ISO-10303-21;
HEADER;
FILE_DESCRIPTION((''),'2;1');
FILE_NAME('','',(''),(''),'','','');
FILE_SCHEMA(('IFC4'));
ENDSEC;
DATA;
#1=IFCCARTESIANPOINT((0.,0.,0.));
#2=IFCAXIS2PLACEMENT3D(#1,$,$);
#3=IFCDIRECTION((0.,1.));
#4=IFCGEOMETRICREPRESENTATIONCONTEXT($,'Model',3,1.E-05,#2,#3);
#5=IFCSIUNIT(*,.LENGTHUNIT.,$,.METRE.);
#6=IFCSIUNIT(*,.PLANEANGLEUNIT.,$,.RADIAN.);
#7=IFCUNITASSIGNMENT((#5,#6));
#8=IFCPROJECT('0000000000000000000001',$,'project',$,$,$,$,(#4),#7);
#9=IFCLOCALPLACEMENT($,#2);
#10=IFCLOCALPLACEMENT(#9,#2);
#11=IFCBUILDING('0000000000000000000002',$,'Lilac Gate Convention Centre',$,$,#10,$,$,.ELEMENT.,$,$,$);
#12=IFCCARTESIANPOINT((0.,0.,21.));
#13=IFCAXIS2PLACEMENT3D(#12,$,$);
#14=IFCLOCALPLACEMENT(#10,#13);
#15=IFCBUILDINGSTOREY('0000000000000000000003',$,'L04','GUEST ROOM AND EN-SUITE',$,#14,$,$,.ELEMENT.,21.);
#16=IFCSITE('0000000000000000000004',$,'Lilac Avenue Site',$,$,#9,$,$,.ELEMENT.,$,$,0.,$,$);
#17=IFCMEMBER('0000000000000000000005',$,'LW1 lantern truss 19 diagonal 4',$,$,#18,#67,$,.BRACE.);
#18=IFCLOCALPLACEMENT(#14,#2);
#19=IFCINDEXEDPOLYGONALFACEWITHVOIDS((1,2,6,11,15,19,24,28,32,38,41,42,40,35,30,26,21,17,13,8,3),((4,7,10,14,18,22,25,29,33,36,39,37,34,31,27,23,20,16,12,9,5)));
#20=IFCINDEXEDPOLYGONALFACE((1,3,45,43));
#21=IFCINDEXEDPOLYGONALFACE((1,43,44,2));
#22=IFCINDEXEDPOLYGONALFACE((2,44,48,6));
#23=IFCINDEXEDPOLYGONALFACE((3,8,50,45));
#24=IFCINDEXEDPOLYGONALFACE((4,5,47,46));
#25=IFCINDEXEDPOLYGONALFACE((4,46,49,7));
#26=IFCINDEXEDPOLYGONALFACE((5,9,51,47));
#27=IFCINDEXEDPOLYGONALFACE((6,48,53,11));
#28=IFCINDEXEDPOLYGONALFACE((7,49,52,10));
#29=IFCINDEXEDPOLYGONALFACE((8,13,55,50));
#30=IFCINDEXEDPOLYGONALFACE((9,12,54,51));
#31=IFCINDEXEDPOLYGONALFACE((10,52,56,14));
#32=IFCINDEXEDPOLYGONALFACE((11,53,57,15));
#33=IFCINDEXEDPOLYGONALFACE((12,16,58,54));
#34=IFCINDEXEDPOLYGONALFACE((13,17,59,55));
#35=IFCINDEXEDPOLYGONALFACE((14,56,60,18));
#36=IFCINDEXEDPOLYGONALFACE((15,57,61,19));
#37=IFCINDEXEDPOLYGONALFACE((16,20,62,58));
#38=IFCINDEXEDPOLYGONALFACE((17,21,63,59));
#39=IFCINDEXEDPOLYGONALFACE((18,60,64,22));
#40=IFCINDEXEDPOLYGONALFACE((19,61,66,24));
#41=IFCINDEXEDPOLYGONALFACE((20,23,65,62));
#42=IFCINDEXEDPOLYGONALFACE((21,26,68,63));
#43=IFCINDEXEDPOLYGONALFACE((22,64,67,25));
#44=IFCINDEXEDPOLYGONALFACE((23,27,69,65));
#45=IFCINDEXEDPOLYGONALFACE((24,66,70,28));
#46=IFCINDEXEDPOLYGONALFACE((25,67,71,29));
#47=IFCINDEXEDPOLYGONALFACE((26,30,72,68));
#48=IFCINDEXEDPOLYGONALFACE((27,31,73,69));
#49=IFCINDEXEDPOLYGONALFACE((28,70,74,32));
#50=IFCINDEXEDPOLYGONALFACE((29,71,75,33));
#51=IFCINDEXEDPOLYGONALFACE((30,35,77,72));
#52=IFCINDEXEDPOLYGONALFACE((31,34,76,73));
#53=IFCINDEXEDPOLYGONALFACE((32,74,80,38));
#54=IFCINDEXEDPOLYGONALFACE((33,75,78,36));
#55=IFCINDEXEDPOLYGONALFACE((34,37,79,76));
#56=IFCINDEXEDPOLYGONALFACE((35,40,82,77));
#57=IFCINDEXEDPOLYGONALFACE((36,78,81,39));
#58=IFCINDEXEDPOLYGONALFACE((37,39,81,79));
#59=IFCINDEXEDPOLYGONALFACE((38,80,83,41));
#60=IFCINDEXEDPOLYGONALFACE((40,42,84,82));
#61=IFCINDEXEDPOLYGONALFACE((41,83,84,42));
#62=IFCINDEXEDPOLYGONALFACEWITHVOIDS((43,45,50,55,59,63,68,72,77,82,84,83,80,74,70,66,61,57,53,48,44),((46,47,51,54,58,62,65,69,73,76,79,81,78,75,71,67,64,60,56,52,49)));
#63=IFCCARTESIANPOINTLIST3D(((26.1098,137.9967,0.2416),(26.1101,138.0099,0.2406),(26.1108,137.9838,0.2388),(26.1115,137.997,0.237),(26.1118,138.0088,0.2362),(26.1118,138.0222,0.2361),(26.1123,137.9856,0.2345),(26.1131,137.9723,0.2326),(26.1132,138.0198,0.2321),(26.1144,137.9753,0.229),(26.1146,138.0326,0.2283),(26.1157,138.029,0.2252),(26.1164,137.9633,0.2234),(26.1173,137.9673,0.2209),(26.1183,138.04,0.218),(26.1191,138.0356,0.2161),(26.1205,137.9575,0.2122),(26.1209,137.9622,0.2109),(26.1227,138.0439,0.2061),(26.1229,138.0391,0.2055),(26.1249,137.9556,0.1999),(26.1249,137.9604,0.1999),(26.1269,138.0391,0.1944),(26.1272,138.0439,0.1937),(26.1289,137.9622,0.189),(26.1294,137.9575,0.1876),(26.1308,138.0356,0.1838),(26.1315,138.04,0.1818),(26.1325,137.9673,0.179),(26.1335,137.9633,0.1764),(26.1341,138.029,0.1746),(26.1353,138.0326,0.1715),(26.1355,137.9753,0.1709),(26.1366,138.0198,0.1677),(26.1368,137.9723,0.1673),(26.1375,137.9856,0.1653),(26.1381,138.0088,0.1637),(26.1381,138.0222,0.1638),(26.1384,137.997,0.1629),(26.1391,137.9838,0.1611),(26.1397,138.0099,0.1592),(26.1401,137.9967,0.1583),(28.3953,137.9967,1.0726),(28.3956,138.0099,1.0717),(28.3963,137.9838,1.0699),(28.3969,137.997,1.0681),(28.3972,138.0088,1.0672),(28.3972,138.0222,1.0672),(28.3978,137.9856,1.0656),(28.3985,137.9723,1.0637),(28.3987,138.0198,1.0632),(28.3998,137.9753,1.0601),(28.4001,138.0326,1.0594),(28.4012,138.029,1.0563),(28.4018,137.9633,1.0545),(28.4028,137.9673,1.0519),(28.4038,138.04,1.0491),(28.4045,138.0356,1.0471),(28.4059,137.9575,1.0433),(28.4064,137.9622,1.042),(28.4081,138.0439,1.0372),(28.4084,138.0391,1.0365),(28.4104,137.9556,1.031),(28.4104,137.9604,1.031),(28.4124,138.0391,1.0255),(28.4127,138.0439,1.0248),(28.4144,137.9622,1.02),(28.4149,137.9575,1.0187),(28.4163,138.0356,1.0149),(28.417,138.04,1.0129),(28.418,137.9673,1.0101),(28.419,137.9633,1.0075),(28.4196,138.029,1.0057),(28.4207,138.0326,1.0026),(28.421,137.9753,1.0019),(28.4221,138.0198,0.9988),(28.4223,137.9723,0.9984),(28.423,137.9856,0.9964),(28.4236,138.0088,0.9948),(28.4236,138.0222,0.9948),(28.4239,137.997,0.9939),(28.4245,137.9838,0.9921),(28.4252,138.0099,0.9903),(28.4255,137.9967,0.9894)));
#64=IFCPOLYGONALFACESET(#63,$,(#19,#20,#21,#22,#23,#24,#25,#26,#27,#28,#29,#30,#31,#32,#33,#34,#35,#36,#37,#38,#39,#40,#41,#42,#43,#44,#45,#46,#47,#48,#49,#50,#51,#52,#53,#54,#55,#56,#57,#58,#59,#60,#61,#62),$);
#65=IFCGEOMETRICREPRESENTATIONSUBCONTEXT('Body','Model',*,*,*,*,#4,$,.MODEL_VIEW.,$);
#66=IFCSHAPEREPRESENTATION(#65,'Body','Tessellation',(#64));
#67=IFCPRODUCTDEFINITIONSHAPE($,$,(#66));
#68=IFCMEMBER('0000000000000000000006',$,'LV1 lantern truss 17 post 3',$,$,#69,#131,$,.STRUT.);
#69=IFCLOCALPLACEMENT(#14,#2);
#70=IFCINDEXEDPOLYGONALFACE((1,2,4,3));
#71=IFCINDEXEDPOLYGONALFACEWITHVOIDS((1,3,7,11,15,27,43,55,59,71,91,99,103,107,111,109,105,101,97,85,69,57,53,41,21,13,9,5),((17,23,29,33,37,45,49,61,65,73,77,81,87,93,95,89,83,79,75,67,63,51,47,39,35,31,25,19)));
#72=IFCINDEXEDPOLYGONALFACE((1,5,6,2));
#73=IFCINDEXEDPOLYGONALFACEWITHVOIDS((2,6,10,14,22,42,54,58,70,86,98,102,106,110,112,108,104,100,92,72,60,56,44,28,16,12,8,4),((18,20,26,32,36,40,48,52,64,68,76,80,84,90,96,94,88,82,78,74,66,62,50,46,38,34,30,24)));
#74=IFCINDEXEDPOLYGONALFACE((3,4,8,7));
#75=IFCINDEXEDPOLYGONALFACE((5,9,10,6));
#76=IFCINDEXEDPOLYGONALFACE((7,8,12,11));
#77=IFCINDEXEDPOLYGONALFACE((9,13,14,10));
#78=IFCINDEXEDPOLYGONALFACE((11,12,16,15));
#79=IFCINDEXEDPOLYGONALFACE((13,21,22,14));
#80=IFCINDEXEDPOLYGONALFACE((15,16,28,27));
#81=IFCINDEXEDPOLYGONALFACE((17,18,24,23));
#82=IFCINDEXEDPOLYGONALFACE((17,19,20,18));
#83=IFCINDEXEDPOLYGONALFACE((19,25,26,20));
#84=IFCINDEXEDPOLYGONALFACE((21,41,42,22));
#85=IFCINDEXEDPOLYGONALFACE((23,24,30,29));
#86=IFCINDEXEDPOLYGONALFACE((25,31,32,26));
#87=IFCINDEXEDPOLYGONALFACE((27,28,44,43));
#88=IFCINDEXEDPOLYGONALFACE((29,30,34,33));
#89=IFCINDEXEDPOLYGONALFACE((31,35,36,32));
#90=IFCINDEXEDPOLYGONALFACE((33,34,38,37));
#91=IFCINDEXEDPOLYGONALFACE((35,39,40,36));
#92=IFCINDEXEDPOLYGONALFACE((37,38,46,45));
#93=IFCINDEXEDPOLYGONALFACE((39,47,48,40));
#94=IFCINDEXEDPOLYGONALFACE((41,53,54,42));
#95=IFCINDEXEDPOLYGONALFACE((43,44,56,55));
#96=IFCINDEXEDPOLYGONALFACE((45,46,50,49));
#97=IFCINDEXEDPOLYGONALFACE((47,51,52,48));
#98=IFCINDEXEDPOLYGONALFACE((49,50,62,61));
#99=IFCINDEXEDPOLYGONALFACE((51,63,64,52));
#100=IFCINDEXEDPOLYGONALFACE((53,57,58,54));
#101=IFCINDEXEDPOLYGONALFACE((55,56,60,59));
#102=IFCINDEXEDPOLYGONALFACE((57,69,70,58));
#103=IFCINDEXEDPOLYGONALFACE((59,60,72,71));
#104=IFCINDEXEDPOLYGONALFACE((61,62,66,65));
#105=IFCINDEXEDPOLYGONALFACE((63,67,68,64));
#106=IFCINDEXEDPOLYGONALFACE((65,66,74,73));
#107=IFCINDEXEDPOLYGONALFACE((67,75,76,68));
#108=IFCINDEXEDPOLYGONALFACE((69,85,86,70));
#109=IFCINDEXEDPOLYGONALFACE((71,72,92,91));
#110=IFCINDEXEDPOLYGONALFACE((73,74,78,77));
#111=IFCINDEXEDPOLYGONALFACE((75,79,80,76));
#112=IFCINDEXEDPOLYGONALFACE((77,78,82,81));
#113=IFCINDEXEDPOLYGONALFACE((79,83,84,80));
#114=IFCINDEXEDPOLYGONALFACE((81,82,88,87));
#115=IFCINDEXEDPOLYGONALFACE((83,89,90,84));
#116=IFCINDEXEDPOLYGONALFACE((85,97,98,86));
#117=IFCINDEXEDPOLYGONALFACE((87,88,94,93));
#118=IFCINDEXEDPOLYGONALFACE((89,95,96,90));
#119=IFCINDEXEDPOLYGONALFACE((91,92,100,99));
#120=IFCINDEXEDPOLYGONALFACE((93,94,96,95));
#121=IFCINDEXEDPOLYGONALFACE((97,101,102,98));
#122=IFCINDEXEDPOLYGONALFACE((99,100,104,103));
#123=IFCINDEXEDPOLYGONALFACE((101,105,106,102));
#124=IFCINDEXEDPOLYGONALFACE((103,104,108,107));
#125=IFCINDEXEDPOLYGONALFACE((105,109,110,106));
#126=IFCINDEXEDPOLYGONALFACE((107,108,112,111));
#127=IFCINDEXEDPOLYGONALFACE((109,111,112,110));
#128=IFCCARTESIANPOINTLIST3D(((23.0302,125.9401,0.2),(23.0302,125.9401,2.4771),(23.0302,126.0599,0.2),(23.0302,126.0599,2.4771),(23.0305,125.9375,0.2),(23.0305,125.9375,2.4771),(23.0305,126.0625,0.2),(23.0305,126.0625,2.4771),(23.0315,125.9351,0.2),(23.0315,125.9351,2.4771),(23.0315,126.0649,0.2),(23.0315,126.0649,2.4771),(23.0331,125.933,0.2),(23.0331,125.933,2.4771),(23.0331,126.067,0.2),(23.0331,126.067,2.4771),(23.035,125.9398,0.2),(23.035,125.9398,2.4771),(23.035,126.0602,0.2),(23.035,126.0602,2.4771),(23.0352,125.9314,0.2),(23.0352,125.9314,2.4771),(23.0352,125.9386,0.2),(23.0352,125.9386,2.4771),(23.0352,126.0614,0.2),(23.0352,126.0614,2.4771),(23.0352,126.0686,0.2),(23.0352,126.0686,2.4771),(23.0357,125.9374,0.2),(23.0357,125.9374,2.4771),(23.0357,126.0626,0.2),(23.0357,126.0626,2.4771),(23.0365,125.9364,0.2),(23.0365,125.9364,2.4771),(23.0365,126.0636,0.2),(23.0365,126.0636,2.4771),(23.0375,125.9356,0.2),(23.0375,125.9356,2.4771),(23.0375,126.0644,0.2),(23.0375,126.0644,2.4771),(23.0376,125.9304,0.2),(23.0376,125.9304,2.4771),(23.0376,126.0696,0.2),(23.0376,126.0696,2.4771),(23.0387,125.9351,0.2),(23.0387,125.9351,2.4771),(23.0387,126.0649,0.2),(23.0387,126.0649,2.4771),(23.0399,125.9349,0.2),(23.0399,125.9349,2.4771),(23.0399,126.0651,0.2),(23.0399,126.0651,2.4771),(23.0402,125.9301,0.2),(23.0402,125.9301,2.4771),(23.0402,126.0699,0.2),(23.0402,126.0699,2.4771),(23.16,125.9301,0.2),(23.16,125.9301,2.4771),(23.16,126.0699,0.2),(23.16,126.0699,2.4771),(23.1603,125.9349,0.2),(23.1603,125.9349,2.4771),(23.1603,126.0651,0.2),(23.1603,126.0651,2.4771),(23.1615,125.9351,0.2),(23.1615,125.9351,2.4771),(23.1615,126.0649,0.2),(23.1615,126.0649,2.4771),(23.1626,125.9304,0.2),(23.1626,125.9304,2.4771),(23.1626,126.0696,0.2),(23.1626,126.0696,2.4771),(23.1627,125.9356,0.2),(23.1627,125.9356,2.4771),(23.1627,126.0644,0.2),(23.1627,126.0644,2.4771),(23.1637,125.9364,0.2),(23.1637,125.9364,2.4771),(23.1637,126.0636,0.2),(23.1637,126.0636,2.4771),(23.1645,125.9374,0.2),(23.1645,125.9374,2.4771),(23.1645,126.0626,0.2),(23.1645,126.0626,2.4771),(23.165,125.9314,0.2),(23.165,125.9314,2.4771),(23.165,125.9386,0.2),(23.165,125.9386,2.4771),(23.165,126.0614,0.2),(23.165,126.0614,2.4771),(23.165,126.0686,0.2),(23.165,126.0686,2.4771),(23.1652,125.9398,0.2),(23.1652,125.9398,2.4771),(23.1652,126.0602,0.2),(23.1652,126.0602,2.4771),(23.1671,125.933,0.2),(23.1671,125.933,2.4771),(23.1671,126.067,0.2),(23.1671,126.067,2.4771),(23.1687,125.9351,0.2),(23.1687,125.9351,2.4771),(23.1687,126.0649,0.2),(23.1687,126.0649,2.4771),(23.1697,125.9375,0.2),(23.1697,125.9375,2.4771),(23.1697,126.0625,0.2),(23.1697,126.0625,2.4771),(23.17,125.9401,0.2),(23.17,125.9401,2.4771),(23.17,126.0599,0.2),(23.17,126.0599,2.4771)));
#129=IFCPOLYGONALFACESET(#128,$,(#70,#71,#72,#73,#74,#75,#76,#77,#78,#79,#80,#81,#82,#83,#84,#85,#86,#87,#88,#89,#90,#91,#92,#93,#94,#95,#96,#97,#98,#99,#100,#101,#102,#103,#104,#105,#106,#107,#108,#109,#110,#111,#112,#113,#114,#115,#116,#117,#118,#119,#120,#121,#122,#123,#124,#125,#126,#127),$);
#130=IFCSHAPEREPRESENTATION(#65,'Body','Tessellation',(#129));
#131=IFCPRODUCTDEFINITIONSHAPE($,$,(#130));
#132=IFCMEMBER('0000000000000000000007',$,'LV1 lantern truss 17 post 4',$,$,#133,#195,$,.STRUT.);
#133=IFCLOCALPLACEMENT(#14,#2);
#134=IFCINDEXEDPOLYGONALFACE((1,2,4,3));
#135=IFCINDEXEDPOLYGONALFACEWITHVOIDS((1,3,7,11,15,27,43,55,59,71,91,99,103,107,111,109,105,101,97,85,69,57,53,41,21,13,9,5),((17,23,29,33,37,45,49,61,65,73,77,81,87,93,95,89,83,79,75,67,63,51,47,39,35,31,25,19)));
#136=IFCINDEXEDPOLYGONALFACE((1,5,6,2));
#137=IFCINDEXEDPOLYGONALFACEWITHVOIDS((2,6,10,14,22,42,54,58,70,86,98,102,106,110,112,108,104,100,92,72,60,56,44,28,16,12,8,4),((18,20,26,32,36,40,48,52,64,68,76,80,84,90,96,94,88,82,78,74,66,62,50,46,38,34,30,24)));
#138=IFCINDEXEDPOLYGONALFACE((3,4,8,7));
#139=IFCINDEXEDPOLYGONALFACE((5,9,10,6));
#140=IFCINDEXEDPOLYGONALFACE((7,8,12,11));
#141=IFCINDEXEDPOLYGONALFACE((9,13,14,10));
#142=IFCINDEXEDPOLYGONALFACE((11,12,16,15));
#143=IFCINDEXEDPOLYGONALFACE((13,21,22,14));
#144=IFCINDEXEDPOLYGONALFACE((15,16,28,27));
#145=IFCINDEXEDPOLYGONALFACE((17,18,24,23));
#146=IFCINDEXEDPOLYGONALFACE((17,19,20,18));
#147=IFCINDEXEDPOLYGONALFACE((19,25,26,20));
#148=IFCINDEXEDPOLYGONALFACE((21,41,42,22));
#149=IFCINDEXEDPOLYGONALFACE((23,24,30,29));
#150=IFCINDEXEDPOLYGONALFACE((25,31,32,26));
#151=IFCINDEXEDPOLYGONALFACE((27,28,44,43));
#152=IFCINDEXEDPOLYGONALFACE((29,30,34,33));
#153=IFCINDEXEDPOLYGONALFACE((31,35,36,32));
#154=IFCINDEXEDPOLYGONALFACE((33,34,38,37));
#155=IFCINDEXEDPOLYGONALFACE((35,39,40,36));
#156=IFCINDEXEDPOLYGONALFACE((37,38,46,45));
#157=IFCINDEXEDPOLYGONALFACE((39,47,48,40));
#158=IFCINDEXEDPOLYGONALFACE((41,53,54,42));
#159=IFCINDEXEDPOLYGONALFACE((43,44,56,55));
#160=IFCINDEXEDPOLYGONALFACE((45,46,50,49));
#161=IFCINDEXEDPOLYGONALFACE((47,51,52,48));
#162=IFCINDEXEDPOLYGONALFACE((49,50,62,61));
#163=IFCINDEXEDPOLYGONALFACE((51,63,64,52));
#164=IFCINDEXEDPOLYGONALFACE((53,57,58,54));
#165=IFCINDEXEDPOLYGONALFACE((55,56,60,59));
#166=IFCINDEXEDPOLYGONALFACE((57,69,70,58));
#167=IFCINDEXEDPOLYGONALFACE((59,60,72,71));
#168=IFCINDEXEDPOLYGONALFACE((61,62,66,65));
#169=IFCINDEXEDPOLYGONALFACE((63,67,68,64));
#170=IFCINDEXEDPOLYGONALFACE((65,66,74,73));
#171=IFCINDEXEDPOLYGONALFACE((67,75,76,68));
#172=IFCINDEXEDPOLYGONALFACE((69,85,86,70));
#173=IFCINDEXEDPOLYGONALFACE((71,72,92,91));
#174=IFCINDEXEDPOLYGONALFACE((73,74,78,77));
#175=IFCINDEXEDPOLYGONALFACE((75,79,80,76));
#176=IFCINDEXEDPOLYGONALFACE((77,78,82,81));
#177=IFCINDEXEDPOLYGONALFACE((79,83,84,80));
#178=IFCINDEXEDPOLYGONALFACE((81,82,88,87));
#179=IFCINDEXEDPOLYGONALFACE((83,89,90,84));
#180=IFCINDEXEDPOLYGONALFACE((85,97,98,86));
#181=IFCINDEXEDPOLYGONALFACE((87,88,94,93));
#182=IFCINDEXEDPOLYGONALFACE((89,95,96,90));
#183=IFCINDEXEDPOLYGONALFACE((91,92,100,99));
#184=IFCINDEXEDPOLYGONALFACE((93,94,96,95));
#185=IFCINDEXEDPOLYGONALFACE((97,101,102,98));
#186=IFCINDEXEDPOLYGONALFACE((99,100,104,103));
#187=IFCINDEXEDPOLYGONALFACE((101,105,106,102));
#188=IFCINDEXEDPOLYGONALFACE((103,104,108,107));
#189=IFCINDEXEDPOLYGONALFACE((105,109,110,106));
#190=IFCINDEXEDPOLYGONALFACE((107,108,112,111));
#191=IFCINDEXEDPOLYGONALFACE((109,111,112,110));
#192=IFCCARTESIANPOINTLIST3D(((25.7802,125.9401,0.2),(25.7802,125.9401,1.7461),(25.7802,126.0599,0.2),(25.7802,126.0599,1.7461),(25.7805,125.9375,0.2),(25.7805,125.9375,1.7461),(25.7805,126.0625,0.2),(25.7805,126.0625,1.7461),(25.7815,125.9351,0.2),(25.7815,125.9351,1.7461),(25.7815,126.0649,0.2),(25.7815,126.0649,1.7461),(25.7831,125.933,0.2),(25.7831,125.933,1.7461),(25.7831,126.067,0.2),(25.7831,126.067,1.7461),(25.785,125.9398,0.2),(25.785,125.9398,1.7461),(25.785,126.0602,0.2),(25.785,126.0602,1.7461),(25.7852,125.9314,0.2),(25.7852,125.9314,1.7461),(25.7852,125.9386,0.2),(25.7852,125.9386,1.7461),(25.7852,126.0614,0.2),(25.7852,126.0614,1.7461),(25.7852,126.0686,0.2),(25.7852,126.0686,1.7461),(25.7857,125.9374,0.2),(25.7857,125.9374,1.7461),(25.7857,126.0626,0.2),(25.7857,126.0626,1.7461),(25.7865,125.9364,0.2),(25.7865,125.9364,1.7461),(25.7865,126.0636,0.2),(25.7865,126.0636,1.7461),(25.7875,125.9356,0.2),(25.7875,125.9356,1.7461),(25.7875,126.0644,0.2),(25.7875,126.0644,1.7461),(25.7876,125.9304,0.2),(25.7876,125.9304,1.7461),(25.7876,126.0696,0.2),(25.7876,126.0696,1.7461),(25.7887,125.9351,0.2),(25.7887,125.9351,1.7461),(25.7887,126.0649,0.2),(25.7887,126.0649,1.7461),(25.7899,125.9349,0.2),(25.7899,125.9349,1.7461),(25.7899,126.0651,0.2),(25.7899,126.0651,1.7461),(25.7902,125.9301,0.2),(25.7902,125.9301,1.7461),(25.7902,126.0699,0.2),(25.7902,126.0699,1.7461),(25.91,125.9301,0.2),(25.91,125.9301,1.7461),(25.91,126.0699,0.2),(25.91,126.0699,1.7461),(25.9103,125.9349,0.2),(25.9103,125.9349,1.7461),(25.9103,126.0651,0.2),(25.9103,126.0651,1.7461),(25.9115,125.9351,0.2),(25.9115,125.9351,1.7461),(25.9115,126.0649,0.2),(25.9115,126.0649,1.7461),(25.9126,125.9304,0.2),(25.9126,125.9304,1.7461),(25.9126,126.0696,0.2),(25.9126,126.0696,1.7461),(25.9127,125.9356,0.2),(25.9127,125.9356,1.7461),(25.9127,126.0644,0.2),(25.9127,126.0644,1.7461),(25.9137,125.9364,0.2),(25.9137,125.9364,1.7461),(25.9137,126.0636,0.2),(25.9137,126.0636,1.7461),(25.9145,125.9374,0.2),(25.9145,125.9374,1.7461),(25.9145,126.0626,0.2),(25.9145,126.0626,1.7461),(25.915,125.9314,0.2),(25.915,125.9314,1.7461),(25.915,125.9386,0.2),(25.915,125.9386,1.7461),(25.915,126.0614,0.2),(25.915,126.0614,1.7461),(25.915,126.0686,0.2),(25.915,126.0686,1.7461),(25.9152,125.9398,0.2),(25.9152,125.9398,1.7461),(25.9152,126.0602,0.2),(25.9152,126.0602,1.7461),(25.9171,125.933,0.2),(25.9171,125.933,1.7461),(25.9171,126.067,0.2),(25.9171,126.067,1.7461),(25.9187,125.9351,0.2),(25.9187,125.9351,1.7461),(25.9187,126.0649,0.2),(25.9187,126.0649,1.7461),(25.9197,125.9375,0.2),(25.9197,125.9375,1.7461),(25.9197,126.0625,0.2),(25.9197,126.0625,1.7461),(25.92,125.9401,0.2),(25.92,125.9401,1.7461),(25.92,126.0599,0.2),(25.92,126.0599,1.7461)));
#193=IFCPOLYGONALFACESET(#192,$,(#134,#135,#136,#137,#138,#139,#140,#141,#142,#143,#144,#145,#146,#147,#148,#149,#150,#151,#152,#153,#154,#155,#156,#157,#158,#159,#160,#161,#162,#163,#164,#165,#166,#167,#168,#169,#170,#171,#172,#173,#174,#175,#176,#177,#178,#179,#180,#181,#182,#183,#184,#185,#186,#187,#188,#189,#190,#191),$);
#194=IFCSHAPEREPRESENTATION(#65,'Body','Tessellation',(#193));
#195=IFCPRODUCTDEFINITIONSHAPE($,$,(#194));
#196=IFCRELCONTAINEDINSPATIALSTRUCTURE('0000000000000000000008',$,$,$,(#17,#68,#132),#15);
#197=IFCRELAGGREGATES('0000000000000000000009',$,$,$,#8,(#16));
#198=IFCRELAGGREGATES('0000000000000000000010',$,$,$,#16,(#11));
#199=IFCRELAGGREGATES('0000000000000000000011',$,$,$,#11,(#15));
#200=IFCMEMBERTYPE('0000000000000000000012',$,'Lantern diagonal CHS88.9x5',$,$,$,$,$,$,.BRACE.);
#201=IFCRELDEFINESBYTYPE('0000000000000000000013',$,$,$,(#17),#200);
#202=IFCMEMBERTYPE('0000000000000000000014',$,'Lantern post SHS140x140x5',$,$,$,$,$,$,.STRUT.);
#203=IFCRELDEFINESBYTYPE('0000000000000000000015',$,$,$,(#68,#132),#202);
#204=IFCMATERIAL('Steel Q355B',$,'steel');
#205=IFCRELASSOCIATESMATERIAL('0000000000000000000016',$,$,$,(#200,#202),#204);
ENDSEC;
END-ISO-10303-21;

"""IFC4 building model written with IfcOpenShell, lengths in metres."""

from ifc_helpers import new_model, si_unit, direction, frame, origin, origin_2d, place, context, subcontext, project, spatial, hollow_rectangle, hollow_circle, extrude, material, material_profile, profile_set, type_object, element, save


model = new_model("IFC4")

# Units and contexts
model_context = context("Model", 3, precision=1e-05, world=origin(), true_north=direction((0.0, 1.0)))
body_context = subcontext(model_context, "Body", "Model", "MODEL_VIEW")
ifc_project = project(units=[si_unit("LENGTHUNIT", "METRE"), si_unit("PLANEANGLEUNIT", "RADIAN")], contexts=[model_context])

# Site, building, storey
site_placement = place(None, origin())
site = spatial("IfcSite", under=ifc_project, at=site_placement, Name="Lilac Avenue Site", CompositionType="ELEMENT", RefElevation=0.0)
building_placement = place(site_placement, origin())
building = spatial("IfcBuilding", under=site, at=building_placement, Name="Lilac Gate Convention Centre", CompositionType="ELEMENT")
storey_placement = place(building_placement, frame((0.0, 0.0, 21.0)))
storey = spatial("IfcBuildingStorey", under=building, at=storey_placement, Name="L04", Description="GUEST ROOM AND EN-SUITE", CompositionType="ELEMENT", Elevation=21.0)

# Members
ifc_material_1 = material(Name="Steel Q355B", Category="steel")
ifc_material_profile_1 = material_profile(ifc_material_1, hollow_circle(Radius=0.0444, WallThickness=0.0049, at=origin_2d()), Name="CHS88.9x5")
ifc_profile_set_1 = profile_set([ifc_material_profile_1], Name="Steel Q355B")
member_type_1 = type_object("IfcMemberType", Name="Lantern diagonal CHS88.9x5", PredefinedType="BRACE", material=ifc_profile_set_1)
member_1_placement = place(storey_placement, frame((28.4104, 138.0, 1.031), z_axis=(-0.939793, 0.0, -0.341743), x_axis=(0.0, -1.0, 0.0)))
element("IfcMember", 1, at=member_1_placement, inside=storey, type_object=member_type_1, Name="LW1 lantern truss 19 diagonal 4", PredefinedType="BRACE", context=body_context, shape_type="SweptSolid", body=[
    extrude(hollow_circle(Radius=0.0444, WallThickness=0.0049, at=origin_2d()), origin(), (0.0, 0.0, 1.0), 2.4319),
])
ifc_material_profile_2 = material_profile(ifc_material_1, hollow_rectangle(XDim=0.1399, YDim=0.1399, WallThickness=0.0049, InnerFilletRadius=0.0049, OuterFilletRadius=0.01, at=origin_2d()), Name="SHS140x140x5")
ifc_profile_set_2 = profile_set([ifc_material_profile_2], Name="Steel Q355B")
member_type_2 = type_object("IfcMemberType", Name="Lantern post SHS140x140x5", PredefinedType="STRUT", material=ifc_profile_set_2)
member_2_placement = place(storey_placement, frame((23.1001, 126.0, 0.2), z_axis=(0.0, 0.0, 1.0), x_axis=(1.0, 0.0, 0.0)))
element("IfcMember", 2, at=member_2_placement, inside=storey, type_object=member_type_2, Name="LV1 lantern truss 17 post 3", PredefinedType="STRUT", context=body_context, shape_type="SweptSolid", body=[
    extrude(hollow_rectangle(XDim=0.1399, YDim=0.1399, WallThickness=0.0049, InnerFilletRadius=0.0049, OuterFilletRadius=0.01, at=origin_2d()), origin(), (0.0, 0.0, 1.0), 2.2771),
])
member_3_placement = place(storey_placement, frame((25.8501, 126.0, 0.2), z_axis=(0.0, 0.0, 1.0), x_axis=(1.0, 0.0, 0.0)))
element("IfcMember", 3, at=member_3_placement, inside=storey, type_object=member_type_2, Name="LV1 lantern truss 17 post 4", PredefinedType="STRUT", context=body_context, shape_type="SweptSolid", body=[
    extrude(hollow_rectangle(XDim=0.1399, YDim=0.1399, WallThickness=0.0049, InnerFilletRadius=0.0049, OuterFilletRadius=0.01, at=origin_2d()), origin(), (0.0, 0.0, 1.0), 1.5461),
])

save(model, "model.ifc")
